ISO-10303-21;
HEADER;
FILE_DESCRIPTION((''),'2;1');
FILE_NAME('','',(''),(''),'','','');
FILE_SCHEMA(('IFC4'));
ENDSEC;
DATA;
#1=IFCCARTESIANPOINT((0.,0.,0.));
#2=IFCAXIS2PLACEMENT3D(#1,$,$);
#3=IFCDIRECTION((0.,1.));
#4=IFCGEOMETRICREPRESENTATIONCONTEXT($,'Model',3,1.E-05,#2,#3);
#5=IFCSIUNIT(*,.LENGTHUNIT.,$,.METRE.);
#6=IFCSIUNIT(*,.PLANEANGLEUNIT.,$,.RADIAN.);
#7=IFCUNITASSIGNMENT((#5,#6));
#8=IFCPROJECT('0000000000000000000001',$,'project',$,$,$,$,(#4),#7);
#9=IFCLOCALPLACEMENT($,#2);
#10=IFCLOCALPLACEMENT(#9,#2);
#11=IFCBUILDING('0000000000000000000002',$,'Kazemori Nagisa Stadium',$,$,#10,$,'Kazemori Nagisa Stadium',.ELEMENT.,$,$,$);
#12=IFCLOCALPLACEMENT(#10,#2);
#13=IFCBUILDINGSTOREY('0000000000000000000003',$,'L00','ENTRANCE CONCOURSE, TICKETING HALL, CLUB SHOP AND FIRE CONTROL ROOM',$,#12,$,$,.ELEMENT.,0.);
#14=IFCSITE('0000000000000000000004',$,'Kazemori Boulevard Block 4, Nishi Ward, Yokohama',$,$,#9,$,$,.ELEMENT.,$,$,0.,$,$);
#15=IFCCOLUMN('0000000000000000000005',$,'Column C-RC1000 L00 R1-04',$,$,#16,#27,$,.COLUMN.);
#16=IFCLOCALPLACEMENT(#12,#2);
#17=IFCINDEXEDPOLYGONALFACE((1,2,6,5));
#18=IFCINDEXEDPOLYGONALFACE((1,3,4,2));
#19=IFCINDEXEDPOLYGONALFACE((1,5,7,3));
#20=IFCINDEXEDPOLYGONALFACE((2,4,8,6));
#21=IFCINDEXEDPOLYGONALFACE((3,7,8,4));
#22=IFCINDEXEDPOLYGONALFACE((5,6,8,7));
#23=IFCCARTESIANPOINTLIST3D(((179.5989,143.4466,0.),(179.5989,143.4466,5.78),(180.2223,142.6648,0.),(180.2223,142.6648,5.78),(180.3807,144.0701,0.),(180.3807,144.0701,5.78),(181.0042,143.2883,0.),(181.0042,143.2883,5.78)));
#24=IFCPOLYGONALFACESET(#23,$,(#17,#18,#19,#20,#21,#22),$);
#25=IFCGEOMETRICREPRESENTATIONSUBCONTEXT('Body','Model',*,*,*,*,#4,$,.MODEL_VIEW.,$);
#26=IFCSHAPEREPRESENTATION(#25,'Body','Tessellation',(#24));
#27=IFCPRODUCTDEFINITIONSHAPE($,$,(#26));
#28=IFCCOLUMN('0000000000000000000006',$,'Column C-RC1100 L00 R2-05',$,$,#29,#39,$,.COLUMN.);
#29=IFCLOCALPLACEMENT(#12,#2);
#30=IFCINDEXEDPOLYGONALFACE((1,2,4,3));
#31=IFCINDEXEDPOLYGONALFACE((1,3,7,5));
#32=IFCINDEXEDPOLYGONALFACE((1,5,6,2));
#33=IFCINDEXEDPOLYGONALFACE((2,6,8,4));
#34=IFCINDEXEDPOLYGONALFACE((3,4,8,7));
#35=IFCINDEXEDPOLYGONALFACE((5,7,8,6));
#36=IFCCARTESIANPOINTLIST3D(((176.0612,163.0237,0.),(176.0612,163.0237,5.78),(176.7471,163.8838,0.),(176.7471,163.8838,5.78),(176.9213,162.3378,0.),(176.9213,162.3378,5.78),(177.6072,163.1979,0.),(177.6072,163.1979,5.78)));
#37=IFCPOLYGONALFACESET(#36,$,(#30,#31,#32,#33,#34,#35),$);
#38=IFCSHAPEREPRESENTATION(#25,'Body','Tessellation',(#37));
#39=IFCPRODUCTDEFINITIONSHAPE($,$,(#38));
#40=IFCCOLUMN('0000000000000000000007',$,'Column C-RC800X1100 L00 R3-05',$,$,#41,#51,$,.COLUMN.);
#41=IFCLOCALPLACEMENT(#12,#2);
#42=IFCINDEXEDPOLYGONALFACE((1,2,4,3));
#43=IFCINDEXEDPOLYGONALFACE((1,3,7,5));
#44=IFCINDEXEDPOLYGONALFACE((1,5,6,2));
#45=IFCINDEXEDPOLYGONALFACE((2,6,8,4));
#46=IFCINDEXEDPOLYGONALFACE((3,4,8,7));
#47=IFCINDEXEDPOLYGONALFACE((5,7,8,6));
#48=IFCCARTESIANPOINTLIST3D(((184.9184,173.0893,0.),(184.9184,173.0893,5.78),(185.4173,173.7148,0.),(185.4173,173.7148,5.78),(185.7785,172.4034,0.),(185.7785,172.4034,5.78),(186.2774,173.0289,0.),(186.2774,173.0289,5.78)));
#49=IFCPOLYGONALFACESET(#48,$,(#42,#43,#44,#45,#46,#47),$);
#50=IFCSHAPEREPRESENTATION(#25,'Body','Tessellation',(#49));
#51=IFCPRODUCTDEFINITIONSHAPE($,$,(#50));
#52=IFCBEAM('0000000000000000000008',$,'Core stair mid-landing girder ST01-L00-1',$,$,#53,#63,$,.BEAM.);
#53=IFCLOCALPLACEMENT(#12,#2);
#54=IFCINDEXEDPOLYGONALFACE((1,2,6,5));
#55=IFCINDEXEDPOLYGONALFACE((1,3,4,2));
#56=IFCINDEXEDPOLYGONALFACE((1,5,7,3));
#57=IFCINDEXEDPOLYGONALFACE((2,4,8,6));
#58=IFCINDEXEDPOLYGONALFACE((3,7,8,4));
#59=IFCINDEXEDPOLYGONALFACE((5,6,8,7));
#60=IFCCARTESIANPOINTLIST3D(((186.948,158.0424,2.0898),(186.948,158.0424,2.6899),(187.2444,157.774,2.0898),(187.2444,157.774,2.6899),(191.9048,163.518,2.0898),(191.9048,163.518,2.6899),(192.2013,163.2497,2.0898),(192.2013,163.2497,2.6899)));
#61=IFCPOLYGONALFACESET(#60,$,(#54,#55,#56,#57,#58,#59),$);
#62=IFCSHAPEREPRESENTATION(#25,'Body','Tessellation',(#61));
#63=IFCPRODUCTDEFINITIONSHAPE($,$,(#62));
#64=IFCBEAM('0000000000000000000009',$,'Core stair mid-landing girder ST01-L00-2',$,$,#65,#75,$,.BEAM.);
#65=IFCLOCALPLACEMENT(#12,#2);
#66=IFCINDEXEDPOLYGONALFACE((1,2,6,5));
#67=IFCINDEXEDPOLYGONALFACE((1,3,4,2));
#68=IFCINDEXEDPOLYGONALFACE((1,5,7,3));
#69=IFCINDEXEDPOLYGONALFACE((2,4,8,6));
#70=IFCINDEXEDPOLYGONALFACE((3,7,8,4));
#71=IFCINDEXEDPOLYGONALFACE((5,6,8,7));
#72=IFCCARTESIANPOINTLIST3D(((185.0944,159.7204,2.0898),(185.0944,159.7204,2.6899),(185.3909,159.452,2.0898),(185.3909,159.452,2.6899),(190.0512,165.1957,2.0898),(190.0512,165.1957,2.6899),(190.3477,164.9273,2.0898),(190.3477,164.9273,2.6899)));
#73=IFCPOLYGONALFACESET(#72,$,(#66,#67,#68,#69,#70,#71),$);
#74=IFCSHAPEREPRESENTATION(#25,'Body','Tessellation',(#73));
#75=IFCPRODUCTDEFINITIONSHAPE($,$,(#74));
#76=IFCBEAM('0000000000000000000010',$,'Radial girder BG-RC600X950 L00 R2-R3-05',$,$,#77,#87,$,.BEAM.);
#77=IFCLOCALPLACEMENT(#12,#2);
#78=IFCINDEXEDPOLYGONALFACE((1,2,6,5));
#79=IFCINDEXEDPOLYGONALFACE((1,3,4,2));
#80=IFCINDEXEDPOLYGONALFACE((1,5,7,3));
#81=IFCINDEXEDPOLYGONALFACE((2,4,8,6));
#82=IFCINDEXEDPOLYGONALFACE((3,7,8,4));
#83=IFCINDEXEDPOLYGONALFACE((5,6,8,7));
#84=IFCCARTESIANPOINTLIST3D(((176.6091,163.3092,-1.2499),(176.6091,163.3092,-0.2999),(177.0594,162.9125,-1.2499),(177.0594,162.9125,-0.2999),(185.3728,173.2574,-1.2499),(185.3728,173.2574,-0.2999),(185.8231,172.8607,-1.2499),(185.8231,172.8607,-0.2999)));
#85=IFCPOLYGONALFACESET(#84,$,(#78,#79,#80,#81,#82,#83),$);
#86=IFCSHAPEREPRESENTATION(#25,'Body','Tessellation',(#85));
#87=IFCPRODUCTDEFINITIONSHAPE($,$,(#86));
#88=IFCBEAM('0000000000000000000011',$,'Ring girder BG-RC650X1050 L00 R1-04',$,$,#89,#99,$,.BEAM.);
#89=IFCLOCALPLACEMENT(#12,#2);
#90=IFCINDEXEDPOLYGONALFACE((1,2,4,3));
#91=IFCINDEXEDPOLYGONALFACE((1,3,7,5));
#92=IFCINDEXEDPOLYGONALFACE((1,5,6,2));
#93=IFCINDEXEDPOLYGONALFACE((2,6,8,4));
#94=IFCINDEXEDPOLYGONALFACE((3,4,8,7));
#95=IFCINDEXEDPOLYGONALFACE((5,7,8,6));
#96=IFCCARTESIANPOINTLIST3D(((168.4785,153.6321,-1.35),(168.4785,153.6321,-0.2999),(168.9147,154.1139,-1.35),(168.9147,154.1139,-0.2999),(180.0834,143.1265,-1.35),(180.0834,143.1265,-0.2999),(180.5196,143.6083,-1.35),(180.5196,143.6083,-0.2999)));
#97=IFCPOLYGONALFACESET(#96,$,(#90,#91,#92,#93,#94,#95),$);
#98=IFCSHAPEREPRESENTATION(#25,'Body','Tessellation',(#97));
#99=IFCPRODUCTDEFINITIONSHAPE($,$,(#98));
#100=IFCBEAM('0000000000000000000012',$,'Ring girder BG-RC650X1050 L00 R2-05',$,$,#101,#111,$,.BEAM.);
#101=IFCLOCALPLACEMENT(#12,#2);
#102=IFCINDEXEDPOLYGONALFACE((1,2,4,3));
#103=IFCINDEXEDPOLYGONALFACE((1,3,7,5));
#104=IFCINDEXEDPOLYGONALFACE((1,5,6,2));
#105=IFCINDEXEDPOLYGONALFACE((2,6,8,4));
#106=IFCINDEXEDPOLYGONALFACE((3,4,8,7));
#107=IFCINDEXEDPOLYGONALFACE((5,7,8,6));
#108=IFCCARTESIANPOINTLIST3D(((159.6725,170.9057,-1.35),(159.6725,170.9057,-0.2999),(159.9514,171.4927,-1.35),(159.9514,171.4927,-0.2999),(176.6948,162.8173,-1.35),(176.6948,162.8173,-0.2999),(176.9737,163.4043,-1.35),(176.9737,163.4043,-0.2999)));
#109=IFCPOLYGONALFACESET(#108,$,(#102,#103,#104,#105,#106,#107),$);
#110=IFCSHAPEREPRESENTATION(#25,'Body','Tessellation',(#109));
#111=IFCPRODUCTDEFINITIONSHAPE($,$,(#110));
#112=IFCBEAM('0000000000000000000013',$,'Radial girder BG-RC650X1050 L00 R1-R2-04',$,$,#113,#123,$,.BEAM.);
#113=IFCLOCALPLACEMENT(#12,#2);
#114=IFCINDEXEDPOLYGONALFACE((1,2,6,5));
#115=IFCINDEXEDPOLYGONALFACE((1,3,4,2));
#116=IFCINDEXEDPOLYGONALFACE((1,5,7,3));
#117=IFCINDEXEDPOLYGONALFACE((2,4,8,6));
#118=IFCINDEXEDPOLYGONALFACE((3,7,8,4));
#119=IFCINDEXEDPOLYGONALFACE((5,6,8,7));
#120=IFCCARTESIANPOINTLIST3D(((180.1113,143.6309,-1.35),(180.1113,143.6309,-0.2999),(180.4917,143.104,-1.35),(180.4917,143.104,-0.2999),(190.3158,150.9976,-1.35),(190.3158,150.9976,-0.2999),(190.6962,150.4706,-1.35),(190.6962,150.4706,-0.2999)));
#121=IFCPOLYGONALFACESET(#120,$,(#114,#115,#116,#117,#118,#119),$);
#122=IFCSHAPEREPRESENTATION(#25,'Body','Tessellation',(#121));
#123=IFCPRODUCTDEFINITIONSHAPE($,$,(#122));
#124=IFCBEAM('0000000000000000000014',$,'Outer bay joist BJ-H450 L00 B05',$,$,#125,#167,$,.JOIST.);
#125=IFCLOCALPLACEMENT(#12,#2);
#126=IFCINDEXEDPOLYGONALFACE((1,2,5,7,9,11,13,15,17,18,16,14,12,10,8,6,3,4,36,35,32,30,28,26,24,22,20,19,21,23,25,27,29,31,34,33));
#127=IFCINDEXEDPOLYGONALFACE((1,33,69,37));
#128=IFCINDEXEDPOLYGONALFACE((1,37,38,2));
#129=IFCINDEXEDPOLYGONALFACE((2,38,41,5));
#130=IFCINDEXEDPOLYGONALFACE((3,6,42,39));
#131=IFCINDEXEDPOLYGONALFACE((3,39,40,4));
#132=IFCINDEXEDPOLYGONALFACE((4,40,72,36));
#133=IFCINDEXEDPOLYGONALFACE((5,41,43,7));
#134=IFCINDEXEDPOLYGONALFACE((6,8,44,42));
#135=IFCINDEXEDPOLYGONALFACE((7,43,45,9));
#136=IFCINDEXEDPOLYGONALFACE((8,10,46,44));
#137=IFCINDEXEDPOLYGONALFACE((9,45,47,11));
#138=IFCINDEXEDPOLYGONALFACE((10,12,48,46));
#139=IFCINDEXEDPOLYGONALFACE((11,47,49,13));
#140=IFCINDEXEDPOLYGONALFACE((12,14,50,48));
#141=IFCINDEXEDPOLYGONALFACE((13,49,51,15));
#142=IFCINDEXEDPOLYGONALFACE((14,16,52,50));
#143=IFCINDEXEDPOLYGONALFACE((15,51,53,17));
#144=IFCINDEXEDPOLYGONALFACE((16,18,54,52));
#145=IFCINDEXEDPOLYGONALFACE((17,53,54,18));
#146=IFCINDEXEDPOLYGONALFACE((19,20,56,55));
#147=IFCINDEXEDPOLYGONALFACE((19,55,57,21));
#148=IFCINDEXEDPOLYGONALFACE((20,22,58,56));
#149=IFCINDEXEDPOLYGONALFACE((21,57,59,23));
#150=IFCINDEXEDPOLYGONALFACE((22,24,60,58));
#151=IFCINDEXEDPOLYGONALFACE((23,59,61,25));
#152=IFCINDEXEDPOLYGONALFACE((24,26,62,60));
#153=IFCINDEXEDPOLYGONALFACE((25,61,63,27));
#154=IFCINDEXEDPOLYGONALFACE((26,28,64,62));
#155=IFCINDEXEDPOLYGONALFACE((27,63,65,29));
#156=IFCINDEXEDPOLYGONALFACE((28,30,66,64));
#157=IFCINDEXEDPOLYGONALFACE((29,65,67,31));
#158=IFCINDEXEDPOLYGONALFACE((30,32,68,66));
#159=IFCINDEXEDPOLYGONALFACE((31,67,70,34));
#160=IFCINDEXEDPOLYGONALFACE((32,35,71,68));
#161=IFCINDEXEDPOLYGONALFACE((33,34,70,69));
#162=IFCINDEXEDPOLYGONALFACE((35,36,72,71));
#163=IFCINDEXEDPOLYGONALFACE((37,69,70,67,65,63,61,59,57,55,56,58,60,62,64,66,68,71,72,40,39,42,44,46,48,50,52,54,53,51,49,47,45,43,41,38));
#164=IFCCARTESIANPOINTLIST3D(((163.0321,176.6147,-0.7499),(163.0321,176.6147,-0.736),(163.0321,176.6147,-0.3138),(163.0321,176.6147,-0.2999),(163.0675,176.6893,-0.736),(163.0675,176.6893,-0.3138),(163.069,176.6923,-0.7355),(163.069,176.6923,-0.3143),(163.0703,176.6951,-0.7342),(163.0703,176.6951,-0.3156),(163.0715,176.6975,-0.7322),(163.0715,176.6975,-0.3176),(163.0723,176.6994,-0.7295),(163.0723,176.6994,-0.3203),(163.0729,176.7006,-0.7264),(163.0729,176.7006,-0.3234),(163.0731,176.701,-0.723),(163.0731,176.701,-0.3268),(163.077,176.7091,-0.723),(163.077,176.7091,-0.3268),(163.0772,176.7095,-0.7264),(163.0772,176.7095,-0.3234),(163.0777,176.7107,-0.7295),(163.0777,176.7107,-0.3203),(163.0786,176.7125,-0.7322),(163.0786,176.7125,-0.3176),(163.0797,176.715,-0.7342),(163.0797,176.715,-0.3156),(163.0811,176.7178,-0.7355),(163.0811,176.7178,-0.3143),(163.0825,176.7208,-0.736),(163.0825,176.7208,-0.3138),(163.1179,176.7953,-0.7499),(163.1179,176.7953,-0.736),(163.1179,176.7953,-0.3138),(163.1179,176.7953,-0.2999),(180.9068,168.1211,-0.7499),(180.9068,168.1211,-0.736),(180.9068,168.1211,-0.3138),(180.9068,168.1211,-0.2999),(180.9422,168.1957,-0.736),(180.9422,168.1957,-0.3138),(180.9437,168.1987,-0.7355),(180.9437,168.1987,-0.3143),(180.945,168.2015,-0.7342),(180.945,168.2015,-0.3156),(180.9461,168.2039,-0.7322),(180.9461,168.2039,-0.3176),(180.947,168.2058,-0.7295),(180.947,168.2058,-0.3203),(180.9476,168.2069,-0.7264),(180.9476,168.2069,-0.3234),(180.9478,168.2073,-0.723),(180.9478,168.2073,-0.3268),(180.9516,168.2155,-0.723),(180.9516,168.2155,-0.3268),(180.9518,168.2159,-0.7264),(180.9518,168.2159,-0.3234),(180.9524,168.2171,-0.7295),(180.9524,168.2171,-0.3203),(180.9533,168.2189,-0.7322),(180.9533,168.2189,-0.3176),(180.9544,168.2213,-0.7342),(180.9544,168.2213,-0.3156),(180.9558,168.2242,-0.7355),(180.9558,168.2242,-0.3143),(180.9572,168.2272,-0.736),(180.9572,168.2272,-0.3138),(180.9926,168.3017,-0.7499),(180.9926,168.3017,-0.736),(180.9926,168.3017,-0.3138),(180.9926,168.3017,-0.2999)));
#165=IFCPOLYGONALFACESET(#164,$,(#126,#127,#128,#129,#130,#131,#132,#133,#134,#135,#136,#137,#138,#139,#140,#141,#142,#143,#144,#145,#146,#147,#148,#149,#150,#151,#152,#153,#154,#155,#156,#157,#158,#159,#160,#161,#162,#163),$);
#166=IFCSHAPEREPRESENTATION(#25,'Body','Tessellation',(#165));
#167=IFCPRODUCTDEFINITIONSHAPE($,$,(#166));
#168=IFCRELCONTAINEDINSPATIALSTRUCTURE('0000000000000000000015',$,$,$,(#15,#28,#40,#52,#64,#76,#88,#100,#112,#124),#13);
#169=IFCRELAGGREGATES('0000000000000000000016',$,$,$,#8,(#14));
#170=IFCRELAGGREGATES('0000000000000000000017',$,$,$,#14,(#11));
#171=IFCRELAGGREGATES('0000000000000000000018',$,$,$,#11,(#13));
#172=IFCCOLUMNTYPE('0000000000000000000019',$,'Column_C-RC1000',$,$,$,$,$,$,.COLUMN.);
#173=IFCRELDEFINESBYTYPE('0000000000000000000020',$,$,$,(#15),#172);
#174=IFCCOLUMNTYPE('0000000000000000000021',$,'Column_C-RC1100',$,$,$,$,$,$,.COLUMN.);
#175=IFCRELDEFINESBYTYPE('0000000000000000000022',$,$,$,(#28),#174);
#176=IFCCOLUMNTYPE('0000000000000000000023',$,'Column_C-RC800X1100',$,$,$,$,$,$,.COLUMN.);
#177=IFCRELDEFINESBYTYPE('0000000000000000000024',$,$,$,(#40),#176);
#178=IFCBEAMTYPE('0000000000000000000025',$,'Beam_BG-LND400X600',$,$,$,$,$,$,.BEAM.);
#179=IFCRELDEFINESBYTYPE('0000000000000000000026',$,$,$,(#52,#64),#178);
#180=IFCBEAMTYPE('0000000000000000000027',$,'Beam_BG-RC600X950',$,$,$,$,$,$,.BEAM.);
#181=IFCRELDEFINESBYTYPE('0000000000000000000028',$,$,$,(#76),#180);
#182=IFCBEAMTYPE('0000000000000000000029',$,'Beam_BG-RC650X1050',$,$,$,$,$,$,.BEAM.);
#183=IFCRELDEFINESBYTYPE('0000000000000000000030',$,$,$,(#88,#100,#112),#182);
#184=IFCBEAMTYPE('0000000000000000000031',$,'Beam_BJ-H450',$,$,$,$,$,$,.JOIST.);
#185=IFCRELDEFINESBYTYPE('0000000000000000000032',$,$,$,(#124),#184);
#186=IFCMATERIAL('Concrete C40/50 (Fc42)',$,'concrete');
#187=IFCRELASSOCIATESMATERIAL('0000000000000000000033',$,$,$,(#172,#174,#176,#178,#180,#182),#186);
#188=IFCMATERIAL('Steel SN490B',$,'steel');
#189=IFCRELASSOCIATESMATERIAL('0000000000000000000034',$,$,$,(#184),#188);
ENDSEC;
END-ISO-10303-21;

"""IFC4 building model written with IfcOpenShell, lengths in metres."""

from ifc_helpers import new_model, si_unit, direction, frame, origin, origin_2d, place, context, subcontext, project, spatial, rectangle, i_section, extrude, material, material_profile, profile_set, type_object, element, save


model = new_model("IFC4")

# Units and contexts
model_context = context("Model", 3, precision=1e-05, world=origin(), true_north=direction((0.0, 1.0)))
body_context = subcontext(model_context, "Body", "Model", "MODEL_VIEW")
ifc_project = project(units=[si_unit("LENGTHUNIT", "METRE"), si_unit("PLANEANGLEUNIT", "RADIAN")], contexts=[model_context])

# Site, building, storey
site_placement = place(None, origin())
site = spatial("IfcSite", under=ifc_project, at=site_placement, Name="Kazemori Boulevard Block 4, Nishi Ward, Yokohama", CompositionType="ELEMENT", RefElevation=0.0)
building_placement = place(site_placement, origin())
building = spatial("IfcBuilding", under=site, at=building_placement, Name="Kazemori Nagisa Stadium", LongName="Kazemori Nagisa Stadium", CompositionType="ELEMENT")
storey_placement = place(building_placement, origin())
storey = spatial("IfcBuildingStorey", under=building, at=storey_placement, Name="L00", Description="ENTRANCE CONCOURSE, TICKETING HALL, CLUB SHOP AND FIRE CONTROL ROOM", CompositionType="ELEMENT", Elevation=0.0)

# Columns
ifc_material_1 = material(Name="Concrete C40/50 (Fc42)", Category="concrete")
ifc_material_profile_1 = material_profile(ifc_material_1, rectangle(XDim=1.0, YDim=1.0, at=origin_2d()), Name="RC-COL-1000x1000")
ifc_profile_set_1 = profile_set([ifc_material_profile_1], Name="Concrete C40/50 (Fc42)")
column_type_1 = type_object("IfcColumnType", Name="Column_C-RC1000", PredefinedType="COLUMN", material=ifc_profile_set_1)
column_1_placement = place(storey_placement, frame((180.3015, 143.3674, 0.0), z_axis=(0.0, 0.0, 1.0), x_axis=(0.781831, 0.62349, 0.0)))
element("IfcColumn", 1, at=column_1_placement, inside=storey, type_object=column_type_1, Name="Column C-RC1000 L00 R1-04", PredefinedType="COLUMN", context=body_context, shape_type="SweptSolid", body=[
    extrude(rectangle(XDim=1.0, YDim=1.0, at=origin_2d()), origin(), (0.0, 0.0, 1.0), 5.78),
])
ifc_material_profile_2 = material_profile(ifc_material_1, rectangle(XDim=1.1001, YDim=1.1001, at=origin_2d()), Name="RC-COL-1100x1100")
ifc_profile_set_2 = profile_set([ifc_material_profile_2], Name="Concrete C40/50 (Fc42)")
column_type_2 = type_object("IfcColumnType", Name="Column_C-RC1100", PredefinedType="COLUMN", material=ifc_profile_set_2)
column_2_placement = place(storey_placement, frame((176.8342, 163.1108, 0.0), z_axis=(0.0, 0.0, 1.0), x_axis=(0.62349, 0.781831, 0.0)))
element("IfcColumn", 2, at=column_2_placement, inside=storey, type_object=column_type_2, Name="Column C-RC1100 L00 R2-05", PredefinedType="COLUMN", context=body_context, shape_type="SweptSolid", body=[
    extrude(rectangle(XDim=1.1001, YDim=1.1001, at=origin_2d()), origin(), (0.0, 0.0, 1.0), 5.78),
])
ifc_material_profile_3 = material_profile(ifc_material_1, rectangle(XDim=0.8, YDim=1.1001, at=origin_2d()), Name="RC-COL-800x1100")
ifc_profile_set_3 = profile_set([ifc_material_profile_3], Name="Concrete C40/50 (Fc42)")
column_type_3 = type_object("IfcColumnType", Name="Column_C-RC800X1100", PredefinedType="COLUMN", material=ifc_profile_set_3)
column_3_placement = place(storey_placement, frame((185.5979, 173.0591, 0.0), z_axis=(0.0, 0.0, 1.0), x_axis=(0.62349, 0.781831, 0.0)))
element("IfcColumn", 3, at=column_3_placement, inside=storey, type_object=column_type_3, Name="Column C-RC800X1100 L00 R3-05", PredefinedType="COLUMN", context=body_context, shape_type="SweptSolid", body=[
    extrude(rectangle(XDim=0.8, YDim=1.1001, at=origin_2d()), origin(), (0.0, 0.0, 1.0), 5.78),
])

# Beams
ifc_material_profile_4 = material_profile(ifc_material_1, rectangle(XDim=0.3999, YDim=0.6001, at=origin_2d()), Name="RC-BM-400x600")
ifc_profile_set_4 = profile_set([ifc_material_profile_4], Name="Concrete C40/50 (Fc42)")
beam_type_1 = type_object("IfcBeamType", Name="Beam_BG-LND400X600", PredefinedType="BEAM", material=ifc_profile_set_4)
beam_1_placement = place(storey_placement, frame((187.0962, 157.9082, 2.3899), z_axis=(0.671113, 0.741355, 0.0), x_axis=(-0.741355, 0.671113, 0.0)))
element("IfcBeam", 4, at=beam_1_placement, inside=storey, type_object=beam_type_1, Name="Core stair mid-landing girder ST01-L00-1", PredefinedType="BEAM", context=body_context, shape_type="SweptSolid", body=[
    extrude(rectangle(XDim=0.3999, YDim=0.6001, at=origin_2d()), origin(), (0.0, 0.0, 1.0), 7.386),
])
beam_2_placement = place(storey_placement, frame((185.2427, 159.5862, 2.3899), z_axis=(0.67113, 0.74134, 0.0), x_axis=(-0.74134, 0.67113, 0.0)))
element("IfcBeam", 5, at=beam_2_placement, inside=storey, type_object=beam_type_1, Name="Core stair mid-landing girder ST01-L00-2", PredefinedType="BEAM", context=body_context, shape_type="SweptSolid", body=[
    extrude(rectangle(XDim=0.3999, YDim=0.6001, at=origin_2d()), origin(), (0.0, 0.0, 1.0), 7.3857),
])
ifc_material_profile_5 = material_profile(ifc_material_1, rectangle(XDim=0.6001, YDim=0.95, at=origin_2d()), Name="RC-BM-600x950")
ifc_profile_set_5 = profile_set([ifc_material_profile_5], Name="Concrete C40/50 (Fc42)")
beam_type_2 = type_object("IfcBeamType", Name="Beam_BG-RC600X950", PredefinedType="BEAM", material=ifc_profile_set_5)
beam_3_placement = place(storey_placement, frame((176.8342, 163.1108, -0.7749), z_axis=(0.66102, 0.750369, 0.0), x_axis=(-0.750369, 0.66102, 0.0)))
element("IfcBeam", 6, at=beam_3_placement, inside=storey, type_object=beam_type_2, Name="Radial girder BG-RC600X950 L00 R2-R3-05", PredefinedType="BEAM", context=body_context, shape_type="SweptSolid", body=[
    extrude(rectangle(XDim=0.6001, YDim=0.95, at=origin_2d()), origin(), (0.0, 0.0, 1.0), 13.2578),
])
ifc_material_profile_6 = material_profile(ifc_material_1, rectangle(XDim=0.6499, YDim=1.05, at=origin_2d()), Name="RC-BM-650x1050")
ifc_profile_set_6 = profile_set([ifc_material_profile_6], Name="Concrete C40/50 (Fc42)")
beam_type_3 = type_object("IfcBeamType", Name="Beam_BG-RC650X1050", PredefinedType="BEAM", material=ifc_profile_set_6)
beam_4_placement = place(storey_placement, frame((180.3015, 143.3674, -0.825), z_axis=(-0.741349, 0.67112, 0.0), x_axis=(-0.67112, -0.741349, 0.0)))
element("IfcBeam", 7, at=beam_4_placement, inside=storey, type_object=beam_type_3, Name="Ring girder BG-RC650X1050 L00 R1-04", PredefinedType="BEAM", context=body_context, shape_type="SweptSolid", body=[
    extrude(rectangle(XDim=0.6499, YDim=1.05, at=origin_2d()), origin(), (0.0, 0.0, 1.0), 15.6538),
])
beam_5_placement = place(storey_placement, frame((176.8342, 163.1108, -0.825), z_axis=(-0.903219, 0.429179, 0.0), x_axis=(-0.429179, -0.903219, 0.0)))
element("IfcBeam", 8, at=beam_5_placement, inside=storey, type_object=beam_type_3, Name="Ring girder BG-RC650X1050 L00 R2-05", PredefinedType="BEAM", context=body_context, shape_type="SweptSolid", body=[
    extrude(rectangle(XDim=0.6499, YDim=1.05, at=origin_2d()), origin(), (0.0, 0.0, 1.0), 18.8462),
])
beam_6_placement = place(storey_placement, frame((180.3015, 143.3674, -0.825), z_axis=(0.810803, 0.585319, 0.0), x_axis=(-0.585319, 0.810803, 0.0)))
element("IfcBeam", 9, at=beam_6_placement, inside=storey, type_object=beam_type_3, Name="Radial girder BG-RC650X1050 L00 R1-R2-04", PredefinedType="BEAM", context=body_context, shape_type="SweptSolid", body=[
    extrude(rectangle(XDim=0.6499, YDim=1.05, at=origin_2d()), origin(), (0.0, 0.0, 1.0), 12.5857),
])
ifc_material_2 = material(Name="Steel SN490B", Category="steel")
ifc_material_profile_7 = material_profile(ifc_material_2, i_section(OverallWidth=0.2, OverallDepth=0.45, WebThickness=0.009, FlangeThickness=0.0139, FilletRadius=0.0129, at=origin_2d()), Name="H-450x200x9x14")
ifc_profile_set_7 = profile_set([ifc_material_profile_7], Name="Steel SN490B")
beam_type_4 = type_object("IfcBeamType", Name="Beam_BJ-H450", PredefinedType="JOIST", material=ifc_profile_set_7)
beam_7_placement = place(storey_placement, frame((180.9497, 168.2114, -0.5249), z_axis=(-0.903216, 0.429186, 0.0), x_axis=(-0.429186, -0.903216, 0.0)))
element("IfcBeam", 10, at=beam_7_placement, inside=storey, type_object=beam_type_4, Name="Outer bay joist BJ-H450 L00 B05", PredefinedType="JOIST", context=body_context, shape_type="SweptSolid", body=[
    extrude(i_section(OverallWidth=0.2, OverallDepth=0.45, WebThickness=0.009, FlangeThickness=0.0139, FilletRadius=0.0129, at=origin_2d()), origin(), (0.0, 0.0, 1.0), 19.79),
])

save(model, "model.ifc")
